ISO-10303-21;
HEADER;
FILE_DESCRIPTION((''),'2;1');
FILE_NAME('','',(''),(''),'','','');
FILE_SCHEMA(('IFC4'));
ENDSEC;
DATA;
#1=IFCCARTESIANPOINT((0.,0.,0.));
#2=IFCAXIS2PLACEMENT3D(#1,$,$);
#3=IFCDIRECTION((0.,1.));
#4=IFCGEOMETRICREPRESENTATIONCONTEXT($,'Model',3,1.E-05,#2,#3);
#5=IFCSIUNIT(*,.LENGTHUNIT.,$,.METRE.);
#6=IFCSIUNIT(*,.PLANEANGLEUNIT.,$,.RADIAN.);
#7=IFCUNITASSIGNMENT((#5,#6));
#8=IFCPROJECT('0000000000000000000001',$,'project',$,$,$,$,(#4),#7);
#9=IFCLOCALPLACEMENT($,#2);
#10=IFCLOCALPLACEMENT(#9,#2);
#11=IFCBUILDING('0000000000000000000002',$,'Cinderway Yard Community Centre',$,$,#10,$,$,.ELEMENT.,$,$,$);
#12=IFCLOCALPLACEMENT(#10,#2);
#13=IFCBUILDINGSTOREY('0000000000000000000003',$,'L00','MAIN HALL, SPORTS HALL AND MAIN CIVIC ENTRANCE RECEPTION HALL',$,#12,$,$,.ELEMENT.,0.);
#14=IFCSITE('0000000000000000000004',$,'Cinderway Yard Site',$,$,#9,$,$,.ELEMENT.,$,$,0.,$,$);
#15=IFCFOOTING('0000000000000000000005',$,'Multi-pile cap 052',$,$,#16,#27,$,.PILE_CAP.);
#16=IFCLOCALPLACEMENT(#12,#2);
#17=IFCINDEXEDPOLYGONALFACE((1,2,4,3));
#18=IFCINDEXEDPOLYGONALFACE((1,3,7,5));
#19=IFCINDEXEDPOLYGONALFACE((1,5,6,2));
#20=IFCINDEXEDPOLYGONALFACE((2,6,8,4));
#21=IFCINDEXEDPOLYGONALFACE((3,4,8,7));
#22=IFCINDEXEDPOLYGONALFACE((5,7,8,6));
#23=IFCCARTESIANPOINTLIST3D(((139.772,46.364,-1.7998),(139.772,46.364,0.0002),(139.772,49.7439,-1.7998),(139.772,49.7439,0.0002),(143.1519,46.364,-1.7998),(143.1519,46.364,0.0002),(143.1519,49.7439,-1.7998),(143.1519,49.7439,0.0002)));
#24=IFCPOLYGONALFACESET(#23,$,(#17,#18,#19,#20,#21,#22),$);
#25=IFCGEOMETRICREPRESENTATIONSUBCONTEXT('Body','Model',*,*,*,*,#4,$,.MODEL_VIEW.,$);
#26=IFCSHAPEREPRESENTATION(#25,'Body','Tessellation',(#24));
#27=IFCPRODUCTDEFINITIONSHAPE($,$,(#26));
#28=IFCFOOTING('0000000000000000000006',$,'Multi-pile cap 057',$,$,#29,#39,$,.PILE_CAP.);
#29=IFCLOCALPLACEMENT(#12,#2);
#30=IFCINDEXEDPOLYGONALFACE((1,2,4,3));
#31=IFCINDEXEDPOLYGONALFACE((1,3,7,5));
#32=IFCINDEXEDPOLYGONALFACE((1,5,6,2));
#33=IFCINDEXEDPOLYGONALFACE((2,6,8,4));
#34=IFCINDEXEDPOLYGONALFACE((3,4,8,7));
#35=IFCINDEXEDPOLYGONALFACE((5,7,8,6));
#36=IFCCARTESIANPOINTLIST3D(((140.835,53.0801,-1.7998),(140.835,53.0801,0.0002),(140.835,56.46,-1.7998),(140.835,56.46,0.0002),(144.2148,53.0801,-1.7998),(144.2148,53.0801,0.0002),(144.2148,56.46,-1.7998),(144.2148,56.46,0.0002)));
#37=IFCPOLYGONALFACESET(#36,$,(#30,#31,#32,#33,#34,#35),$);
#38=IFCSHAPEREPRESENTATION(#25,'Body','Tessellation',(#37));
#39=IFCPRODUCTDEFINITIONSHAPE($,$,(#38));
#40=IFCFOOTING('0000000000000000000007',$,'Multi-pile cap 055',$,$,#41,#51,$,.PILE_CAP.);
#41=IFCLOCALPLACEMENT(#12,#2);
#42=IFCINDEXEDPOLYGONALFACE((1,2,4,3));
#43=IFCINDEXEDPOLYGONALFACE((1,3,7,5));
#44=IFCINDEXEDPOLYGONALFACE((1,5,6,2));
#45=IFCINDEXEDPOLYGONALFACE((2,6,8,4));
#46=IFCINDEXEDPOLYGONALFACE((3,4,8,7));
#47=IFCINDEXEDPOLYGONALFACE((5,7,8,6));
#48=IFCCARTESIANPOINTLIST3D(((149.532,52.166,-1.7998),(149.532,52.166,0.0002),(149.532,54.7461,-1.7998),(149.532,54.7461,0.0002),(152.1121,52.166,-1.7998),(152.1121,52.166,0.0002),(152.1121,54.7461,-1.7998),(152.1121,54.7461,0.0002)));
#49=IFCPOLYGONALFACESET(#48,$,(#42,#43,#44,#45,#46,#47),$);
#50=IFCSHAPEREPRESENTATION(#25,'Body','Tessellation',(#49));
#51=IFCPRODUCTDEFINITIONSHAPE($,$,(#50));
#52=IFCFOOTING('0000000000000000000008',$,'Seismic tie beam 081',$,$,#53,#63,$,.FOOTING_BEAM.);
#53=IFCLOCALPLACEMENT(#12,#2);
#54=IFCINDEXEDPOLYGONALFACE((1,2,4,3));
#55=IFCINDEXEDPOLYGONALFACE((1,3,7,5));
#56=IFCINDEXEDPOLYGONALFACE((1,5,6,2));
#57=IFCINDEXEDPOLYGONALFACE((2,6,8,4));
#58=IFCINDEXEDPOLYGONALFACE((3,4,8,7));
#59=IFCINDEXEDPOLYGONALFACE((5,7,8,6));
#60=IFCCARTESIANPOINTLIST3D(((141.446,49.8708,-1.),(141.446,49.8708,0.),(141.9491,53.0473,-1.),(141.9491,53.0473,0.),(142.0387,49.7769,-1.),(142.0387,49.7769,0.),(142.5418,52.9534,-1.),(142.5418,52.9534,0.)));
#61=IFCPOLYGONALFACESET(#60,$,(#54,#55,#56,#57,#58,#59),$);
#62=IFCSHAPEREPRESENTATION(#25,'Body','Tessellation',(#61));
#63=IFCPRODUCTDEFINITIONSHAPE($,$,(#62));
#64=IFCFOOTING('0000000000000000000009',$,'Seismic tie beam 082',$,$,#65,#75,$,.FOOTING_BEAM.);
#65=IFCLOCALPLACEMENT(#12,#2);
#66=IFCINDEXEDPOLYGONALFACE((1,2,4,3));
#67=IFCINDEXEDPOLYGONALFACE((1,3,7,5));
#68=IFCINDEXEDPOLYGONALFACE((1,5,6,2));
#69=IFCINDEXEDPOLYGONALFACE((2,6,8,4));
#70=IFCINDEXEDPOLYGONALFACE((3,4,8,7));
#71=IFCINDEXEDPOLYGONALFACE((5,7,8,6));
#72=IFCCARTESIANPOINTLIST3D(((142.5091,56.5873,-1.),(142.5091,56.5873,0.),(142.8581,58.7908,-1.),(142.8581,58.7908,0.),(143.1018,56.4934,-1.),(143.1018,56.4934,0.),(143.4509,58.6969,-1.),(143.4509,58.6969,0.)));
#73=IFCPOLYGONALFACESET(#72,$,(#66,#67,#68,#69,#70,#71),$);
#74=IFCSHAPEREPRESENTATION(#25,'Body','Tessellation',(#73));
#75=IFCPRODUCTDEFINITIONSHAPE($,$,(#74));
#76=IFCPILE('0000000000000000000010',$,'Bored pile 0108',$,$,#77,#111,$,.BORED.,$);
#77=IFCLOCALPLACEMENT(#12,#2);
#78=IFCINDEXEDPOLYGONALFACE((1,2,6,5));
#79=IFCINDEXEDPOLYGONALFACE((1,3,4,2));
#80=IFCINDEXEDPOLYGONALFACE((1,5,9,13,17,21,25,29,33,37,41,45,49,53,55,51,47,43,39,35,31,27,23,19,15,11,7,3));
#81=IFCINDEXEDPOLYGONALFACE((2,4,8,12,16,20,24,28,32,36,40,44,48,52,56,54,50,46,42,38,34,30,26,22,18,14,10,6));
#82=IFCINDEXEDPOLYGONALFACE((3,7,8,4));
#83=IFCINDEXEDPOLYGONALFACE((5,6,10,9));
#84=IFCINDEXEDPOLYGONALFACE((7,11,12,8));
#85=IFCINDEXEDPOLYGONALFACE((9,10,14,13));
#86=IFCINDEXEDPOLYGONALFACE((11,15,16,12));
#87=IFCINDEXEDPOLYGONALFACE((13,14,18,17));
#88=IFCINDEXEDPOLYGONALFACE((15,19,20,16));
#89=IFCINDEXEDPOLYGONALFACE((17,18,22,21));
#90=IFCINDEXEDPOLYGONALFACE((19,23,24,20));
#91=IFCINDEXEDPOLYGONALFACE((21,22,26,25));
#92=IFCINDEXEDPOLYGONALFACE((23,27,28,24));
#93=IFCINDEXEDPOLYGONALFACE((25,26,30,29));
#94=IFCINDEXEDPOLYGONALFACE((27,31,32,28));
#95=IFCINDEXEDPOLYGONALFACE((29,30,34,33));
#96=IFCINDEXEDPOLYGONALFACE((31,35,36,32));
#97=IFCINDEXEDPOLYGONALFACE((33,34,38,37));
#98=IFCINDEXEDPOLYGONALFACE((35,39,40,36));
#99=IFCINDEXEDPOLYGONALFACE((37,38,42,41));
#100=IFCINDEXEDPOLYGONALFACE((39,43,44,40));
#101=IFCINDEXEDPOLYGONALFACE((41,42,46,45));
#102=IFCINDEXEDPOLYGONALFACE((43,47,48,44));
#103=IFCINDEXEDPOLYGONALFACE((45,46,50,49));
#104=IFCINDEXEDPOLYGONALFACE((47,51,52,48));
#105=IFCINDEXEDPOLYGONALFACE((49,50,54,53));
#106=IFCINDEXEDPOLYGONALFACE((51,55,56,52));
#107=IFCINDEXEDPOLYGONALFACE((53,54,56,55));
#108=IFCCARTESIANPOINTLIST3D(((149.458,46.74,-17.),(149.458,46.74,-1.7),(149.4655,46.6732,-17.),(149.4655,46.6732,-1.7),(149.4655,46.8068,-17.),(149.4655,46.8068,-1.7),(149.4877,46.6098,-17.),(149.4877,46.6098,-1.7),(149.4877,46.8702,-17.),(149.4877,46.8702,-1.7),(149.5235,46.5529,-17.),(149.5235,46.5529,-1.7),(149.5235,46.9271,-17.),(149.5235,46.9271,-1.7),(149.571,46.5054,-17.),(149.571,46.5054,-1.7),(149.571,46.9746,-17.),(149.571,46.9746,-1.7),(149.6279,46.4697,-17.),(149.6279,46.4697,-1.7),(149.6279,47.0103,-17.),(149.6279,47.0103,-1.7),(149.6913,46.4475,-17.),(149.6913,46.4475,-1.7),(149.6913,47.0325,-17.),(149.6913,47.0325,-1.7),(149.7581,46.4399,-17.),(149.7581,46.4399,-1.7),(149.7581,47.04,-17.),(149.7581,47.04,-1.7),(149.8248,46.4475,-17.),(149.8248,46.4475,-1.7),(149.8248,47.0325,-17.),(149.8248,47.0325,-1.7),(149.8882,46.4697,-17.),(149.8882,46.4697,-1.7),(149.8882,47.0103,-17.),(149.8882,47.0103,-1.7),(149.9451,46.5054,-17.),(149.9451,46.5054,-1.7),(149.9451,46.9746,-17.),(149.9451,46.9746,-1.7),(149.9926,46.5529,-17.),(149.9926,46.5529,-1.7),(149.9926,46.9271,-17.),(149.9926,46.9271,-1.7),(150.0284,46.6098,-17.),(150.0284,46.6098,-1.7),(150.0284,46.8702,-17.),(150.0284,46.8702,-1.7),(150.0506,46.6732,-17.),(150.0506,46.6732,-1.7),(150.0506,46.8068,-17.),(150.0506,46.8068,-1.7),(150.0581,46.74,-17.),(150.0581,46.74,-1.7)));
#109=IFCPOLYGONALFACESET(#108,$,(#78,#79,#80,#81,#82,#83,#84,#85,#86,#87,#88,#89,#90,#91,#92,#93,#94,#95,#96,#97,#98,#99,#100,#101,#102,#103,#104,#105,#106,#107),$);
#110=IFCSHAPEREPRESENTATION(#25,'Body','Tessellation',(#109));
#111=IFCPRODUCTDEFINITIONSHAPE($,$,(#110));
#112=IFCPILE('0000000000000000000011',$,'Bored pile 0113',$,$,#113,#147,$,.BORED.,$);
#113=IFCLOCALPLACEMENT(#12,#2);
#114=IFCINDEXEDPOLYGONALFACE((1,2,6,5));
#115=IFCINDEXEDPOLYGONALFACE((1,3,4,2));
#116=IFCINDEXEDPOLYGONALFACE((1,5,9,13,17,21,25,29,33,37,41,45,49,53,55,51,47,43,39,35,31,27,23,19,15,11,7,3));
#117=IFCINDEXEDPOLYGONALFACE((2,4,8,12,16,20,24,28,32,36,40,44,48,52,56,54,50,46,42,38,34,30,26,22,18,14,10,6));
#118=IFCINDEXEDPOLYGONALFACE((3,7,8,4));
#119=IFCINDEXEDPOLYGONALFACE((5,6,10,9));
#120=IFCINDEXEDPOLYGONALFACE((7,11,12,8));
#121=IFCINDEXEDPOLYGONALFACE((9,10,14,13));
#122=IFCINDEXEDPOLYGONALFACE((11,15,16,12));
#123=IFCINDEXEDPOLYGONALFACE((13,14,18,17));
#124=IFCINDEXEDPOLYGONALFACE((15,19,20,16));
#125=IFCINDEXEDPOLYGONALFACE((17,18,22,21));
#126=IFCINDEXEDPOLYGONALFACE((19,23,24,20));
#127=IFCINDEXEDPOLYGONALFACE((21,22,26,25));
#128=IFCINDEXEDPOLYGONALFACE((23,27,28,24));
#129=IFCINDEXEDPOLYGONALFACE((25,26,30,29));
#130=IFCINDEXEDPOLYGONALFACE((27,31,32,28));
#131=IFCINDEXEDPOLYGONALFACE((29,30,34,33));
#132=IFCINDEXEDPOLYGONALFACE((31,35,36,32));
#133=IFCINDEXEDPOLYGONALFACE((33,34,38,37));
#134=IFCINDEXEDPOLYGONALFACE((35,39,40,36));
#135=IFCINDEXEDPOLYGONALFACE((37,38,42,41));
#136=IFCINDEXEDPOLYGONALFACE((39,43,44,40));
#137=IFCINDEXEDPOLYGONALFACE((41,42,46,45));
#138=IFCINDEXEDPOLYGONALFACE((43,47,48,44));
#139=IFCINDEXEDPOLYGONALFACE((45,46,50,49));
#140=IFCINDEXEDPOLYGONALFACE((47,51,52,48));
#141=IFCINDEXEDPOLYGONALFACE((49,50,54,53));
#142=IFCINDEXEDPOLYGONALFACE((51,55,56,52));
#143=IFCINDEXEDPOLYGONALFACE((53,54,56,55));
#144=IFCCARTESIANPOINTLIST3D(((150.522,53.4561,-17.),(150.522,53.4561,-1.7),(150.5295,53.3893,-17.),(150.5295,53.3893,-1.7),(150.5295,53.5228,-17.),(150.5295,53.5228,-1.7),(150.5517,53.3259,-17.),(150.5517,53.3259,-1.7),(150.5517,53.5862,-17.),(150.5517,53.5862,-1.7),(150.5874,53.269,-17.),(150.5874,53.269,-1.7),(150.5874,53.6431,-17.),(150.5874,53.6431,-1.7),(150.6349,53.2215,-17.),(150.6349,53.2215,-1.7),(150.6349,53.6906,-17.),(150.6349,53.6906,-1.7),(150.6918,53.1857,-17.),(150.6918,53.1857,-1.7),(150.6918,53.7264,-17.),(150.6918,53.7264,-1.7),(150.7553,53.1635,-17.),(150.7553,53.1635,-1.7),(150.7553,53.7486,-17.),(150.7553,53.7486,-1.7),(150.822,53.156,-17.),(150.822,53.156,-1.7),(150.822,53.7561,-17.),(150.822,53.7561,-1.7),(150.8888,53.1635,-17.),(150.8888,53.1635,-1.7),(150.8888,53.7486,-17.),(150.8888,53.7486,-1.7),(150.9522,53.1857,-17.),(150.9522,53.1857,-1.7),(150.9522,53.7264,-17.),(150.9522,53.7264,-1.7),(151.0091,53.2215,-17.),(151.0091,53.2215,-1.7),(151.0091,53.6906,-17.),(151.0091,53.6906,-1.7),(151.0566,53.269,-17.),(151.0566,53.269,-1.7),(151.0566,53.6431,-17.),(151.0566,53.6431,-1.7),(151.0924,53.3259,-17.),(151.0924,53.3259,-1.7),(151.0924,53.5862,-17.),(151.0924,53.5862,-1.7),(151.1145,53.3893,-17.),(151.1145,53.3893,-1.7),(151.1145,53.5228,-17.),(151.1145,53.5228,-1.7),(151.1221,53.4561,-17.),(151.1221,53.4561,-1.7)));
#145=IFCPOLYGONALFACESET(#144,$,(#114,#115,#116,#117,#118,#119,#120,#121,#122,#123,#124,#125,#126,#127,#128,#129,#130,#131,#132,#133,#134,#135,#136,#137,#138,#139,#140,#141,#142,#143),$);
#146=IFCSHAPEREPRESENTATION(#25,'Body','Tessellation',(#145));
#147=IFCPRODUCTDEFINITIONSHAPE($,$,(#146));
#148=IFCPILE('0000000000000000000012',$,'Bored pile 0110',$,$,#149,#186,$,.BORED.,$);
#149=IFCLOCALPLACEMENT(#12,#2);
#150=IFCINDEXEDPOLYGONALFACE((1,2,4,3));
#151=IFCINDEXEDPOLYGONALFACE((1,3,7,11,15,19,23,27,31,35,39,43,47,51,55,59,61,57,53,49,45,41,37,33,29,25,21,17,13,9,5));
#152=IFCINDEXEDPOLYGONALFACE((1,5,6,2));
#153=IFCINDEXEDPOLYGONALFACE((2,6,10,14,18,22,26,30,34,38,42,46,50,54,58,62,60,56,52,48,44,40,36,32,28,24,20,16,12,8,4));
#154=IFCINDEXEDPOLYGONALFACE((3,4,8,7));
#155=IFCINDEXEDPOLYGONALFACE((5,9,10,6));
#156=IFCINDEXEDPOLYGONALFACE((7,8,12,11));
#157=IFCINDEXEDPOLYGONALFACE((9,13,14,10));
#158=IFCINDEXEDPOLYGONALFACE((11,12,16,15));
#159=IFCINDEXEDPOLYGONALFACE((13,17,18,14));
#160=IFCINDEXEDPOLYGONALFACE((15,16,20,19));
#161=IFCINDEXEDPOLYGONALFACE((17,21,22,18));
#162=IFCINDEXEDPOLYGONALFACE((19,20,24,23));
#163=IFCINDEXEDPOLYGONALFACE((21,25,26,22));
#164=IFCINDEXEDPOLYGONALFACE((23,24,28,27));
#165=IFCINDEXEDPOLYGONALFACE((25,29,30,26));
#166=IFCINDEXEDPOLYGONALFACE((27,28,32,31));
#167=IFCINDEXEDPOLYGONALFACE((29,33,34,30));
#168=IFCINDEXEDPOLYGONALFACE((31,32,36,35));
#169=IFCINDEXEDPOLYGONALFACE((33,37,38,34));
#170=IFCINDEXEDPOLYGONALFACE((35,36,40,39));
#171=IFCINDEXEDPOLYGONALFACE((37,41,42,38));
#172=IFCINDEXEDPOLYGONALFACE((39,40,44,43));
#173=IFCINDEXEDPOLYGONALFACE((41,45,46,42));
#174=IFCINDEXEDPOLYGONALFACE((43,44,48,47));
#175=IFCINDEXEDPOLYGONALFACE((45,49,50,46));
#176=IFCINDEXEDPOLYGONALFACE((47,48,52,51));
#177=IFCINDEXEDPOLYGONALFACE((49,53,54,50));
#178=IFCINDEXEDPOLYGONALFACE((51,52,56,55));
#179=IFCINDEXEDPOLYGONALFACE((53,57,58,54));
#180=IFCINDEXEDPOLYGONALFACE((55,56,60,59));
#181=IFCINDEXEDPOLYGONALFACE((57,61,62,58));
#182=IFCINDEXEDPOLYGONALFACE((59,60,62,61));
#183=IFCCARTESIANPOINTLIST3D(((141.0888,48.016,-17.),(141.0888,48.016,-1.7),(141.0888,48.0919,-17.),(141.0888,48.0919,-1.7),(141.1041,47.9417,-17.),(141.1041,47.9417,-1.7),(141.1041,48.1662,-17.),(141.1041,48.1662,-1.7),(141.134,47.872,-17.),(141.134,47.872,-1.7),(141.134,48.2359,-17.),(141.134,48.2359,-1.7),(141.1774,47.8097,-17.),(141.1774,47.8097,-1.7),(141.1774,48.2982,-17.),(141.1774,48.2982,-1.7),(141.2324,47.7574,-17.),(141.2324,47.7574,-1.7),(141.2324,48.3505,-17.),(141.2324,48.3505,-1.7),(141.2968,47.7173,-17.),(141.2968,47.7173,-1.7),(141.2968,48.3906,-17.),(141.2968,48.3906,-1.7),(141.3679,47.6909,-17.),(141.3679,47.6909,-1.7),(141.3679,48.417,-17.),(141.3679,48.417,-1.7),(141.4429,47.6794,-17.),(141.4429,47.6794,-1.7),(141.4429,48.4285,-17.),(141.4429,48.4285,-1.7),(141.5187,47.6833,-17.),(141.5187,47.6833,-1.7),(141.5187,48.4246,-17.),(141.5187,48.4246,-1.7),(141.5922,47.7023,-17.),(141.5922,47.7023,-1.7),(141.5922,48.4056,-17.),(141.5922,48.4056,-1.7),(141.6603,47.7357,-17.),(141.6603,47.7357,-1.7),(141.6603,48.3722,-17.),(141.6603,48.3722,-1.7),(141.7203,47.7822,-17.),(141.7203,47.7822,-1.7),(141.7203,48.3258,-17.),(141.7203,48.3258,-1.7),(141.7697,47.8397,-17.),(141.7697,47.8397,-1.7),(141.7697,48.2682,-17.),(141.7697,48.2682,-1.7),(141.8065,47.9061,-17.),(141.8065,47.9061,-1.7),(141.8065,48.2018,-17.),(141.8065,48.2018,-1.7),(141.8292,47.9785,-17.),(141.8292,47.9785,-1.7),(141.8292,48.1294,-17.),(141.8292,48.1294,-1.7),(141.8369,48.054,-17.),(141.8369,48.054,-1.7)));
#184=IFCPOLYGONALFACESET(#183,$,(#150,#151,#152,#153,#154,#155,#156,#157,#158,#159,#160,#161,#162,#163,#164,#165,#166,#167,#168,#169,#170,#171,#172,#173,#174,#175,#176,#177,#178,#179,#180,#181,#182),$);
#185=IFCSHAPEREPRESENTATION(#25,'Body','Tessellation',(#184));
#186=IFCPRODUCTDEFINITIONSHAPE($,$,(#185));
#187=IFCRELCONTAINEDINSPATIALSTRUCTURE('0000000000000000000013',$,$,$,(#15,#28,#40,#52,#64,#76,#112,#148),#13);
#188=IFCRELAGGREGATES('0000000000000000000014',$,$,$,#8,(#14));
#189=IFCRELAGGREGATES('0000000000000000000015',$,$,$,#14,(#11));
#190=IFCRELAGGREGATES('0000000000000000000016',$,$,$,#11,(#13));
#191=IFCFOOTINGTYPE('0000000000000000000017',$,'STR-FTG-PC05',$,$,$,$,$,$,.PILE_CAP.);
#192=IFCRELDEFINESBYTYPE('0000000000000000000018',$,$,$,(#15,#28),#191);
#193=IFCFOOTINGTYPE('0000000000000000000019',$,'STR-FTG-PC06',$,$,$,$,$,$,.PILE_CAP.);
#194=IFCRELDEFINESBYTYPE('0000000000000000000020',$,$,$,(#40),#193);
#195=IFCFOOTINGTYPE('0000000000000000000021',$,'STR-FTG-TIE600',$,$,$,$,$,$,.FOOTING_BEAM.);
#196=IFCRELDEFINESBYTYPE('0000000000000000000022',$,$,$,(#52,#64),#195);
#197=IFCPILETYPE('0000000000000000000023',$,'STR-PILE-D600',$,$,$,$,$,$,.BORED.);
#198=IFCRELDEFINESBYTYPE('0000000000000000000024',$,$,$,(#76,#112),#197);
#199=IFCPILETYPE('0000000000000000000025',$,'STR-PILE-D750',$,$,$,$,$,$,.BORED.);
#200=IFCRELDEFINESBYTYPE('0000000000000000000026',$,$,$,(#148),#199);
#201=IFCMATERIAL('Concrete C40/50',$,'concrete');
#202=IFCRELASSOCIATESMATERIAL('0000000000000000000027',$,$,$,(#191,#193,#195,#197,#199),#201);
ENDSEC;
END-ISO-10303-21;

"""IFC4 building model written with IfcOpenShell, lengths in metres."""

from ifc_helpers import new_model, si_unit, direction, frame, origin, origin_2d, place, context, subcontext, project, spatial, rectangle, circle, extrude, material, material_profile, profile_set, type_object, element, save


model = new_model("IFC4")

# Units and contexts
model_context = context("Model", 3, precision=1e-05, world=origin(), true_north=direction((0.0, 1.0)))
body_context = subcontext(model_context, "Body", "Model", "MODEL_VIEW")
ifc_project = project(units=[si_unit("LENGTHUNIT", "METRE"), si_unit("PLANEANGLEUNIT", "RADIAN")], contexts=[model_context])

# Site, building, storey
site_placement = place(None, origin())
site = spatial("IfcSite", under=ifc_project, at=site_placement, Name="Cinderway Yard Site", CompositionType="ELEMENT", RefElevation=0.0)
building_placement = place(site_placement, origin())
building = spatial("IfcBuilding", under=site, at=building_placement, Name="Cinderway Yard Community Centre", CompositionType="ELEMENT")
storey_placement = place(building_placement, origin())
storey = spatial("IfcBuildingStorey", under=building, at=storey_placement, Name="L00", Description="MAIN HALL, SPORTS HALL AND MAIN CIVIC ENTRANCE RECEPTION HALL", CompositionType="ELEMENT", Elevation=0.0)

# Footings
ifc_material_1 = material(Name="Concrete C40/50", Category="concrete")
footing_type_1 = type_object("IfcFootingType", Name="STR-FTG-PC05", PredefinedType="PILE_CAP", material=ifc_material_1)
for number, where, z_axis, x_axis, name in (
    (1, (141.4619, 48.054, -1.7998), (0.0, 0.0, 1.0), (1.0, 0.0, 0.0), "Multi-pile cap 052"),
    (2, (142.5249, 54.77, -1.7998), (0.0, 0.0, 1.0), (1.0, 0.0, 0.0), "Multi-pile cap 057"),
):
    element("IfcFooting", number, at=place(storey_placement, frame(where, z_axis=z_axis, x_axis=x_axis)), inside=storey, type_object=footing_type_1, Name=name, PredefinedType="PILE_CAP", context=body_context, shape_type="SweptSolid", body=[
        extrude(rectangle(XDim=3.3799, YDim=3.3799, at=origin_2d()), origin(), (0.0, 0.0, 1.0), 1.8),
    ])
footing_type_2 = type_object("IfcFootingType", Name="STR-FTG-PC06", PredefinedType="PILE_CAP", material=ifc_material_1)
footing_1_placement = place(storey_placement, frame((150.822, 53.4561, -1.7998), z_axis=(0.0, 0.0, 1.0), x_axis=(1.0, 0.0, 0.0)))
element("IfcFooting", 3, at=footing_1_placement, inside=storey, type_object=footing_type_2, Name="Multi-pile cap 055", PredefinedType="PILE_CAP", context=body_context, shape_type="SweptSolid", body=[
    extrude(rectangle(XDim=2.5801, YDim=2.5801, at=origin_2d()), origin(), (0.0, 0.0, 1.0), 1.8),
])
footing_type_3 = type_object("IfcFootingType", Name="STR-FTG-TIE600", PredefinedType="FOOTING_BEAM", material=ifc_material_1)
footing_2_placement = place(storey_placement, frame((141.9939, 51.4121, -1.0), z_axis=(0.0, 0.0, 1.0), x_axis=(0.156452, 0.987686, 0.0)))
element("IfcFooting", 4, at=footing_2_placement, inside=storey, type_object=footing_type_3, Name="Seismic tie beam 081", PredefinedType="FOOTING_BEAM", context=body_context, shape_type="SweptSolid", body=[
    extrude(rectangle(XDim=3.2161, YDim=0.6001, at=origin_2d()), origin(), (0.0, 0.0, 1.0), 1.0),
])
footing_3_placement = place(storey_placement, frame((142.98, 57.6421, -1.0), z_axis=(0.0, 0.0, 1.0), x_axis=(0.156452, 0.987686, 0.0)))
element("IfcFooting", 5, at=footing_3_placement, inside=storey, type_object=footing_type_3, Name="Seismic tie beam 082", PredefinedType="FOOTING_BEAM", context=body_context, shape_type="SweptSolid", body=[
    extrude(rectangle(XDim=2.231, YDim=0.6001, at=origin_2d()), origin(), (0.0, 0.0, 1.0), 1.0),
])

# Piles
ifc_material_profile_1 = material_profile(ifc_material_1, circle(Radius=0.3, at=origin_2d()), Name="Concrete C40/50")
ifc_profile_set_1 = profile_set([ifc_material_profile_1], Name="Concrete C40/50")
pile_type_1 = type_object("IfcPileType", Name="STR-PILE-D600", PredefinedType="BORED", material=ifc_profile_set_1)
for number, where, z_axis, x_axis, name in (
    (6, (149.7581, 46.74, -1.7), (0.0, 0.0, -1.0), (1.0, 0.0, 0.0), "Bored pile 0108"),
    (7, (150.822, 53.4561, -1.7), (0.0, 0.0, -1.0), (1.0, 0.0, 0.0), "Bored pile 0113"),
):
    element("IfcPile", number, at=place(storey_placement, frame(where, z_axis=z_axis, x_axis=x_axis)), inside=storey, type_object=pile_type_1, Name=name, PredefinedType="BORED", context=body_context, shape_type="SweptSolid", body=[
        extrude(circle(Radius=0.3, at=origin_2d()), origin(), (0.0, 0.0, 1.0), 15.3),
    ])
ifc_material_profile_2 = material_profile(ifc_material_1, circle(Radius=0.375, at=origin_2d()), Name="Concrete C40/50")
ifc_profile_set_2 = profile_set([ifc_material_profile_2], Name="Concrete C40/50")
pile_type_2 = type_object("IfcPileType", Name="STR-PILE-D750", PredefinedType="BORED", material=ifc_profile_set_2)
for number, where, z_axis, x_axis, name in (
    (8, (141.4619, 48.054, -1.7), (0.0, 0.0, -1.0), (1.0, 0.0, 0.0), "Bored pile 0110"),
):
    element("IfcPile", number, at=place(storey_placement, frame(where, z_axis=z_axis, x_axis=x_axis)), inside=storey, type_object=pile_type_2, Name=name, PredefinedType="BORED", context=body_context, shape_type="SweptSolid", body=[
        extrude(circle(Radius=0.375, at=origin_2d()), origin(), (0.0, 0.0, 1.0), 15.3),
    ])

save(model, "model.ifc")
